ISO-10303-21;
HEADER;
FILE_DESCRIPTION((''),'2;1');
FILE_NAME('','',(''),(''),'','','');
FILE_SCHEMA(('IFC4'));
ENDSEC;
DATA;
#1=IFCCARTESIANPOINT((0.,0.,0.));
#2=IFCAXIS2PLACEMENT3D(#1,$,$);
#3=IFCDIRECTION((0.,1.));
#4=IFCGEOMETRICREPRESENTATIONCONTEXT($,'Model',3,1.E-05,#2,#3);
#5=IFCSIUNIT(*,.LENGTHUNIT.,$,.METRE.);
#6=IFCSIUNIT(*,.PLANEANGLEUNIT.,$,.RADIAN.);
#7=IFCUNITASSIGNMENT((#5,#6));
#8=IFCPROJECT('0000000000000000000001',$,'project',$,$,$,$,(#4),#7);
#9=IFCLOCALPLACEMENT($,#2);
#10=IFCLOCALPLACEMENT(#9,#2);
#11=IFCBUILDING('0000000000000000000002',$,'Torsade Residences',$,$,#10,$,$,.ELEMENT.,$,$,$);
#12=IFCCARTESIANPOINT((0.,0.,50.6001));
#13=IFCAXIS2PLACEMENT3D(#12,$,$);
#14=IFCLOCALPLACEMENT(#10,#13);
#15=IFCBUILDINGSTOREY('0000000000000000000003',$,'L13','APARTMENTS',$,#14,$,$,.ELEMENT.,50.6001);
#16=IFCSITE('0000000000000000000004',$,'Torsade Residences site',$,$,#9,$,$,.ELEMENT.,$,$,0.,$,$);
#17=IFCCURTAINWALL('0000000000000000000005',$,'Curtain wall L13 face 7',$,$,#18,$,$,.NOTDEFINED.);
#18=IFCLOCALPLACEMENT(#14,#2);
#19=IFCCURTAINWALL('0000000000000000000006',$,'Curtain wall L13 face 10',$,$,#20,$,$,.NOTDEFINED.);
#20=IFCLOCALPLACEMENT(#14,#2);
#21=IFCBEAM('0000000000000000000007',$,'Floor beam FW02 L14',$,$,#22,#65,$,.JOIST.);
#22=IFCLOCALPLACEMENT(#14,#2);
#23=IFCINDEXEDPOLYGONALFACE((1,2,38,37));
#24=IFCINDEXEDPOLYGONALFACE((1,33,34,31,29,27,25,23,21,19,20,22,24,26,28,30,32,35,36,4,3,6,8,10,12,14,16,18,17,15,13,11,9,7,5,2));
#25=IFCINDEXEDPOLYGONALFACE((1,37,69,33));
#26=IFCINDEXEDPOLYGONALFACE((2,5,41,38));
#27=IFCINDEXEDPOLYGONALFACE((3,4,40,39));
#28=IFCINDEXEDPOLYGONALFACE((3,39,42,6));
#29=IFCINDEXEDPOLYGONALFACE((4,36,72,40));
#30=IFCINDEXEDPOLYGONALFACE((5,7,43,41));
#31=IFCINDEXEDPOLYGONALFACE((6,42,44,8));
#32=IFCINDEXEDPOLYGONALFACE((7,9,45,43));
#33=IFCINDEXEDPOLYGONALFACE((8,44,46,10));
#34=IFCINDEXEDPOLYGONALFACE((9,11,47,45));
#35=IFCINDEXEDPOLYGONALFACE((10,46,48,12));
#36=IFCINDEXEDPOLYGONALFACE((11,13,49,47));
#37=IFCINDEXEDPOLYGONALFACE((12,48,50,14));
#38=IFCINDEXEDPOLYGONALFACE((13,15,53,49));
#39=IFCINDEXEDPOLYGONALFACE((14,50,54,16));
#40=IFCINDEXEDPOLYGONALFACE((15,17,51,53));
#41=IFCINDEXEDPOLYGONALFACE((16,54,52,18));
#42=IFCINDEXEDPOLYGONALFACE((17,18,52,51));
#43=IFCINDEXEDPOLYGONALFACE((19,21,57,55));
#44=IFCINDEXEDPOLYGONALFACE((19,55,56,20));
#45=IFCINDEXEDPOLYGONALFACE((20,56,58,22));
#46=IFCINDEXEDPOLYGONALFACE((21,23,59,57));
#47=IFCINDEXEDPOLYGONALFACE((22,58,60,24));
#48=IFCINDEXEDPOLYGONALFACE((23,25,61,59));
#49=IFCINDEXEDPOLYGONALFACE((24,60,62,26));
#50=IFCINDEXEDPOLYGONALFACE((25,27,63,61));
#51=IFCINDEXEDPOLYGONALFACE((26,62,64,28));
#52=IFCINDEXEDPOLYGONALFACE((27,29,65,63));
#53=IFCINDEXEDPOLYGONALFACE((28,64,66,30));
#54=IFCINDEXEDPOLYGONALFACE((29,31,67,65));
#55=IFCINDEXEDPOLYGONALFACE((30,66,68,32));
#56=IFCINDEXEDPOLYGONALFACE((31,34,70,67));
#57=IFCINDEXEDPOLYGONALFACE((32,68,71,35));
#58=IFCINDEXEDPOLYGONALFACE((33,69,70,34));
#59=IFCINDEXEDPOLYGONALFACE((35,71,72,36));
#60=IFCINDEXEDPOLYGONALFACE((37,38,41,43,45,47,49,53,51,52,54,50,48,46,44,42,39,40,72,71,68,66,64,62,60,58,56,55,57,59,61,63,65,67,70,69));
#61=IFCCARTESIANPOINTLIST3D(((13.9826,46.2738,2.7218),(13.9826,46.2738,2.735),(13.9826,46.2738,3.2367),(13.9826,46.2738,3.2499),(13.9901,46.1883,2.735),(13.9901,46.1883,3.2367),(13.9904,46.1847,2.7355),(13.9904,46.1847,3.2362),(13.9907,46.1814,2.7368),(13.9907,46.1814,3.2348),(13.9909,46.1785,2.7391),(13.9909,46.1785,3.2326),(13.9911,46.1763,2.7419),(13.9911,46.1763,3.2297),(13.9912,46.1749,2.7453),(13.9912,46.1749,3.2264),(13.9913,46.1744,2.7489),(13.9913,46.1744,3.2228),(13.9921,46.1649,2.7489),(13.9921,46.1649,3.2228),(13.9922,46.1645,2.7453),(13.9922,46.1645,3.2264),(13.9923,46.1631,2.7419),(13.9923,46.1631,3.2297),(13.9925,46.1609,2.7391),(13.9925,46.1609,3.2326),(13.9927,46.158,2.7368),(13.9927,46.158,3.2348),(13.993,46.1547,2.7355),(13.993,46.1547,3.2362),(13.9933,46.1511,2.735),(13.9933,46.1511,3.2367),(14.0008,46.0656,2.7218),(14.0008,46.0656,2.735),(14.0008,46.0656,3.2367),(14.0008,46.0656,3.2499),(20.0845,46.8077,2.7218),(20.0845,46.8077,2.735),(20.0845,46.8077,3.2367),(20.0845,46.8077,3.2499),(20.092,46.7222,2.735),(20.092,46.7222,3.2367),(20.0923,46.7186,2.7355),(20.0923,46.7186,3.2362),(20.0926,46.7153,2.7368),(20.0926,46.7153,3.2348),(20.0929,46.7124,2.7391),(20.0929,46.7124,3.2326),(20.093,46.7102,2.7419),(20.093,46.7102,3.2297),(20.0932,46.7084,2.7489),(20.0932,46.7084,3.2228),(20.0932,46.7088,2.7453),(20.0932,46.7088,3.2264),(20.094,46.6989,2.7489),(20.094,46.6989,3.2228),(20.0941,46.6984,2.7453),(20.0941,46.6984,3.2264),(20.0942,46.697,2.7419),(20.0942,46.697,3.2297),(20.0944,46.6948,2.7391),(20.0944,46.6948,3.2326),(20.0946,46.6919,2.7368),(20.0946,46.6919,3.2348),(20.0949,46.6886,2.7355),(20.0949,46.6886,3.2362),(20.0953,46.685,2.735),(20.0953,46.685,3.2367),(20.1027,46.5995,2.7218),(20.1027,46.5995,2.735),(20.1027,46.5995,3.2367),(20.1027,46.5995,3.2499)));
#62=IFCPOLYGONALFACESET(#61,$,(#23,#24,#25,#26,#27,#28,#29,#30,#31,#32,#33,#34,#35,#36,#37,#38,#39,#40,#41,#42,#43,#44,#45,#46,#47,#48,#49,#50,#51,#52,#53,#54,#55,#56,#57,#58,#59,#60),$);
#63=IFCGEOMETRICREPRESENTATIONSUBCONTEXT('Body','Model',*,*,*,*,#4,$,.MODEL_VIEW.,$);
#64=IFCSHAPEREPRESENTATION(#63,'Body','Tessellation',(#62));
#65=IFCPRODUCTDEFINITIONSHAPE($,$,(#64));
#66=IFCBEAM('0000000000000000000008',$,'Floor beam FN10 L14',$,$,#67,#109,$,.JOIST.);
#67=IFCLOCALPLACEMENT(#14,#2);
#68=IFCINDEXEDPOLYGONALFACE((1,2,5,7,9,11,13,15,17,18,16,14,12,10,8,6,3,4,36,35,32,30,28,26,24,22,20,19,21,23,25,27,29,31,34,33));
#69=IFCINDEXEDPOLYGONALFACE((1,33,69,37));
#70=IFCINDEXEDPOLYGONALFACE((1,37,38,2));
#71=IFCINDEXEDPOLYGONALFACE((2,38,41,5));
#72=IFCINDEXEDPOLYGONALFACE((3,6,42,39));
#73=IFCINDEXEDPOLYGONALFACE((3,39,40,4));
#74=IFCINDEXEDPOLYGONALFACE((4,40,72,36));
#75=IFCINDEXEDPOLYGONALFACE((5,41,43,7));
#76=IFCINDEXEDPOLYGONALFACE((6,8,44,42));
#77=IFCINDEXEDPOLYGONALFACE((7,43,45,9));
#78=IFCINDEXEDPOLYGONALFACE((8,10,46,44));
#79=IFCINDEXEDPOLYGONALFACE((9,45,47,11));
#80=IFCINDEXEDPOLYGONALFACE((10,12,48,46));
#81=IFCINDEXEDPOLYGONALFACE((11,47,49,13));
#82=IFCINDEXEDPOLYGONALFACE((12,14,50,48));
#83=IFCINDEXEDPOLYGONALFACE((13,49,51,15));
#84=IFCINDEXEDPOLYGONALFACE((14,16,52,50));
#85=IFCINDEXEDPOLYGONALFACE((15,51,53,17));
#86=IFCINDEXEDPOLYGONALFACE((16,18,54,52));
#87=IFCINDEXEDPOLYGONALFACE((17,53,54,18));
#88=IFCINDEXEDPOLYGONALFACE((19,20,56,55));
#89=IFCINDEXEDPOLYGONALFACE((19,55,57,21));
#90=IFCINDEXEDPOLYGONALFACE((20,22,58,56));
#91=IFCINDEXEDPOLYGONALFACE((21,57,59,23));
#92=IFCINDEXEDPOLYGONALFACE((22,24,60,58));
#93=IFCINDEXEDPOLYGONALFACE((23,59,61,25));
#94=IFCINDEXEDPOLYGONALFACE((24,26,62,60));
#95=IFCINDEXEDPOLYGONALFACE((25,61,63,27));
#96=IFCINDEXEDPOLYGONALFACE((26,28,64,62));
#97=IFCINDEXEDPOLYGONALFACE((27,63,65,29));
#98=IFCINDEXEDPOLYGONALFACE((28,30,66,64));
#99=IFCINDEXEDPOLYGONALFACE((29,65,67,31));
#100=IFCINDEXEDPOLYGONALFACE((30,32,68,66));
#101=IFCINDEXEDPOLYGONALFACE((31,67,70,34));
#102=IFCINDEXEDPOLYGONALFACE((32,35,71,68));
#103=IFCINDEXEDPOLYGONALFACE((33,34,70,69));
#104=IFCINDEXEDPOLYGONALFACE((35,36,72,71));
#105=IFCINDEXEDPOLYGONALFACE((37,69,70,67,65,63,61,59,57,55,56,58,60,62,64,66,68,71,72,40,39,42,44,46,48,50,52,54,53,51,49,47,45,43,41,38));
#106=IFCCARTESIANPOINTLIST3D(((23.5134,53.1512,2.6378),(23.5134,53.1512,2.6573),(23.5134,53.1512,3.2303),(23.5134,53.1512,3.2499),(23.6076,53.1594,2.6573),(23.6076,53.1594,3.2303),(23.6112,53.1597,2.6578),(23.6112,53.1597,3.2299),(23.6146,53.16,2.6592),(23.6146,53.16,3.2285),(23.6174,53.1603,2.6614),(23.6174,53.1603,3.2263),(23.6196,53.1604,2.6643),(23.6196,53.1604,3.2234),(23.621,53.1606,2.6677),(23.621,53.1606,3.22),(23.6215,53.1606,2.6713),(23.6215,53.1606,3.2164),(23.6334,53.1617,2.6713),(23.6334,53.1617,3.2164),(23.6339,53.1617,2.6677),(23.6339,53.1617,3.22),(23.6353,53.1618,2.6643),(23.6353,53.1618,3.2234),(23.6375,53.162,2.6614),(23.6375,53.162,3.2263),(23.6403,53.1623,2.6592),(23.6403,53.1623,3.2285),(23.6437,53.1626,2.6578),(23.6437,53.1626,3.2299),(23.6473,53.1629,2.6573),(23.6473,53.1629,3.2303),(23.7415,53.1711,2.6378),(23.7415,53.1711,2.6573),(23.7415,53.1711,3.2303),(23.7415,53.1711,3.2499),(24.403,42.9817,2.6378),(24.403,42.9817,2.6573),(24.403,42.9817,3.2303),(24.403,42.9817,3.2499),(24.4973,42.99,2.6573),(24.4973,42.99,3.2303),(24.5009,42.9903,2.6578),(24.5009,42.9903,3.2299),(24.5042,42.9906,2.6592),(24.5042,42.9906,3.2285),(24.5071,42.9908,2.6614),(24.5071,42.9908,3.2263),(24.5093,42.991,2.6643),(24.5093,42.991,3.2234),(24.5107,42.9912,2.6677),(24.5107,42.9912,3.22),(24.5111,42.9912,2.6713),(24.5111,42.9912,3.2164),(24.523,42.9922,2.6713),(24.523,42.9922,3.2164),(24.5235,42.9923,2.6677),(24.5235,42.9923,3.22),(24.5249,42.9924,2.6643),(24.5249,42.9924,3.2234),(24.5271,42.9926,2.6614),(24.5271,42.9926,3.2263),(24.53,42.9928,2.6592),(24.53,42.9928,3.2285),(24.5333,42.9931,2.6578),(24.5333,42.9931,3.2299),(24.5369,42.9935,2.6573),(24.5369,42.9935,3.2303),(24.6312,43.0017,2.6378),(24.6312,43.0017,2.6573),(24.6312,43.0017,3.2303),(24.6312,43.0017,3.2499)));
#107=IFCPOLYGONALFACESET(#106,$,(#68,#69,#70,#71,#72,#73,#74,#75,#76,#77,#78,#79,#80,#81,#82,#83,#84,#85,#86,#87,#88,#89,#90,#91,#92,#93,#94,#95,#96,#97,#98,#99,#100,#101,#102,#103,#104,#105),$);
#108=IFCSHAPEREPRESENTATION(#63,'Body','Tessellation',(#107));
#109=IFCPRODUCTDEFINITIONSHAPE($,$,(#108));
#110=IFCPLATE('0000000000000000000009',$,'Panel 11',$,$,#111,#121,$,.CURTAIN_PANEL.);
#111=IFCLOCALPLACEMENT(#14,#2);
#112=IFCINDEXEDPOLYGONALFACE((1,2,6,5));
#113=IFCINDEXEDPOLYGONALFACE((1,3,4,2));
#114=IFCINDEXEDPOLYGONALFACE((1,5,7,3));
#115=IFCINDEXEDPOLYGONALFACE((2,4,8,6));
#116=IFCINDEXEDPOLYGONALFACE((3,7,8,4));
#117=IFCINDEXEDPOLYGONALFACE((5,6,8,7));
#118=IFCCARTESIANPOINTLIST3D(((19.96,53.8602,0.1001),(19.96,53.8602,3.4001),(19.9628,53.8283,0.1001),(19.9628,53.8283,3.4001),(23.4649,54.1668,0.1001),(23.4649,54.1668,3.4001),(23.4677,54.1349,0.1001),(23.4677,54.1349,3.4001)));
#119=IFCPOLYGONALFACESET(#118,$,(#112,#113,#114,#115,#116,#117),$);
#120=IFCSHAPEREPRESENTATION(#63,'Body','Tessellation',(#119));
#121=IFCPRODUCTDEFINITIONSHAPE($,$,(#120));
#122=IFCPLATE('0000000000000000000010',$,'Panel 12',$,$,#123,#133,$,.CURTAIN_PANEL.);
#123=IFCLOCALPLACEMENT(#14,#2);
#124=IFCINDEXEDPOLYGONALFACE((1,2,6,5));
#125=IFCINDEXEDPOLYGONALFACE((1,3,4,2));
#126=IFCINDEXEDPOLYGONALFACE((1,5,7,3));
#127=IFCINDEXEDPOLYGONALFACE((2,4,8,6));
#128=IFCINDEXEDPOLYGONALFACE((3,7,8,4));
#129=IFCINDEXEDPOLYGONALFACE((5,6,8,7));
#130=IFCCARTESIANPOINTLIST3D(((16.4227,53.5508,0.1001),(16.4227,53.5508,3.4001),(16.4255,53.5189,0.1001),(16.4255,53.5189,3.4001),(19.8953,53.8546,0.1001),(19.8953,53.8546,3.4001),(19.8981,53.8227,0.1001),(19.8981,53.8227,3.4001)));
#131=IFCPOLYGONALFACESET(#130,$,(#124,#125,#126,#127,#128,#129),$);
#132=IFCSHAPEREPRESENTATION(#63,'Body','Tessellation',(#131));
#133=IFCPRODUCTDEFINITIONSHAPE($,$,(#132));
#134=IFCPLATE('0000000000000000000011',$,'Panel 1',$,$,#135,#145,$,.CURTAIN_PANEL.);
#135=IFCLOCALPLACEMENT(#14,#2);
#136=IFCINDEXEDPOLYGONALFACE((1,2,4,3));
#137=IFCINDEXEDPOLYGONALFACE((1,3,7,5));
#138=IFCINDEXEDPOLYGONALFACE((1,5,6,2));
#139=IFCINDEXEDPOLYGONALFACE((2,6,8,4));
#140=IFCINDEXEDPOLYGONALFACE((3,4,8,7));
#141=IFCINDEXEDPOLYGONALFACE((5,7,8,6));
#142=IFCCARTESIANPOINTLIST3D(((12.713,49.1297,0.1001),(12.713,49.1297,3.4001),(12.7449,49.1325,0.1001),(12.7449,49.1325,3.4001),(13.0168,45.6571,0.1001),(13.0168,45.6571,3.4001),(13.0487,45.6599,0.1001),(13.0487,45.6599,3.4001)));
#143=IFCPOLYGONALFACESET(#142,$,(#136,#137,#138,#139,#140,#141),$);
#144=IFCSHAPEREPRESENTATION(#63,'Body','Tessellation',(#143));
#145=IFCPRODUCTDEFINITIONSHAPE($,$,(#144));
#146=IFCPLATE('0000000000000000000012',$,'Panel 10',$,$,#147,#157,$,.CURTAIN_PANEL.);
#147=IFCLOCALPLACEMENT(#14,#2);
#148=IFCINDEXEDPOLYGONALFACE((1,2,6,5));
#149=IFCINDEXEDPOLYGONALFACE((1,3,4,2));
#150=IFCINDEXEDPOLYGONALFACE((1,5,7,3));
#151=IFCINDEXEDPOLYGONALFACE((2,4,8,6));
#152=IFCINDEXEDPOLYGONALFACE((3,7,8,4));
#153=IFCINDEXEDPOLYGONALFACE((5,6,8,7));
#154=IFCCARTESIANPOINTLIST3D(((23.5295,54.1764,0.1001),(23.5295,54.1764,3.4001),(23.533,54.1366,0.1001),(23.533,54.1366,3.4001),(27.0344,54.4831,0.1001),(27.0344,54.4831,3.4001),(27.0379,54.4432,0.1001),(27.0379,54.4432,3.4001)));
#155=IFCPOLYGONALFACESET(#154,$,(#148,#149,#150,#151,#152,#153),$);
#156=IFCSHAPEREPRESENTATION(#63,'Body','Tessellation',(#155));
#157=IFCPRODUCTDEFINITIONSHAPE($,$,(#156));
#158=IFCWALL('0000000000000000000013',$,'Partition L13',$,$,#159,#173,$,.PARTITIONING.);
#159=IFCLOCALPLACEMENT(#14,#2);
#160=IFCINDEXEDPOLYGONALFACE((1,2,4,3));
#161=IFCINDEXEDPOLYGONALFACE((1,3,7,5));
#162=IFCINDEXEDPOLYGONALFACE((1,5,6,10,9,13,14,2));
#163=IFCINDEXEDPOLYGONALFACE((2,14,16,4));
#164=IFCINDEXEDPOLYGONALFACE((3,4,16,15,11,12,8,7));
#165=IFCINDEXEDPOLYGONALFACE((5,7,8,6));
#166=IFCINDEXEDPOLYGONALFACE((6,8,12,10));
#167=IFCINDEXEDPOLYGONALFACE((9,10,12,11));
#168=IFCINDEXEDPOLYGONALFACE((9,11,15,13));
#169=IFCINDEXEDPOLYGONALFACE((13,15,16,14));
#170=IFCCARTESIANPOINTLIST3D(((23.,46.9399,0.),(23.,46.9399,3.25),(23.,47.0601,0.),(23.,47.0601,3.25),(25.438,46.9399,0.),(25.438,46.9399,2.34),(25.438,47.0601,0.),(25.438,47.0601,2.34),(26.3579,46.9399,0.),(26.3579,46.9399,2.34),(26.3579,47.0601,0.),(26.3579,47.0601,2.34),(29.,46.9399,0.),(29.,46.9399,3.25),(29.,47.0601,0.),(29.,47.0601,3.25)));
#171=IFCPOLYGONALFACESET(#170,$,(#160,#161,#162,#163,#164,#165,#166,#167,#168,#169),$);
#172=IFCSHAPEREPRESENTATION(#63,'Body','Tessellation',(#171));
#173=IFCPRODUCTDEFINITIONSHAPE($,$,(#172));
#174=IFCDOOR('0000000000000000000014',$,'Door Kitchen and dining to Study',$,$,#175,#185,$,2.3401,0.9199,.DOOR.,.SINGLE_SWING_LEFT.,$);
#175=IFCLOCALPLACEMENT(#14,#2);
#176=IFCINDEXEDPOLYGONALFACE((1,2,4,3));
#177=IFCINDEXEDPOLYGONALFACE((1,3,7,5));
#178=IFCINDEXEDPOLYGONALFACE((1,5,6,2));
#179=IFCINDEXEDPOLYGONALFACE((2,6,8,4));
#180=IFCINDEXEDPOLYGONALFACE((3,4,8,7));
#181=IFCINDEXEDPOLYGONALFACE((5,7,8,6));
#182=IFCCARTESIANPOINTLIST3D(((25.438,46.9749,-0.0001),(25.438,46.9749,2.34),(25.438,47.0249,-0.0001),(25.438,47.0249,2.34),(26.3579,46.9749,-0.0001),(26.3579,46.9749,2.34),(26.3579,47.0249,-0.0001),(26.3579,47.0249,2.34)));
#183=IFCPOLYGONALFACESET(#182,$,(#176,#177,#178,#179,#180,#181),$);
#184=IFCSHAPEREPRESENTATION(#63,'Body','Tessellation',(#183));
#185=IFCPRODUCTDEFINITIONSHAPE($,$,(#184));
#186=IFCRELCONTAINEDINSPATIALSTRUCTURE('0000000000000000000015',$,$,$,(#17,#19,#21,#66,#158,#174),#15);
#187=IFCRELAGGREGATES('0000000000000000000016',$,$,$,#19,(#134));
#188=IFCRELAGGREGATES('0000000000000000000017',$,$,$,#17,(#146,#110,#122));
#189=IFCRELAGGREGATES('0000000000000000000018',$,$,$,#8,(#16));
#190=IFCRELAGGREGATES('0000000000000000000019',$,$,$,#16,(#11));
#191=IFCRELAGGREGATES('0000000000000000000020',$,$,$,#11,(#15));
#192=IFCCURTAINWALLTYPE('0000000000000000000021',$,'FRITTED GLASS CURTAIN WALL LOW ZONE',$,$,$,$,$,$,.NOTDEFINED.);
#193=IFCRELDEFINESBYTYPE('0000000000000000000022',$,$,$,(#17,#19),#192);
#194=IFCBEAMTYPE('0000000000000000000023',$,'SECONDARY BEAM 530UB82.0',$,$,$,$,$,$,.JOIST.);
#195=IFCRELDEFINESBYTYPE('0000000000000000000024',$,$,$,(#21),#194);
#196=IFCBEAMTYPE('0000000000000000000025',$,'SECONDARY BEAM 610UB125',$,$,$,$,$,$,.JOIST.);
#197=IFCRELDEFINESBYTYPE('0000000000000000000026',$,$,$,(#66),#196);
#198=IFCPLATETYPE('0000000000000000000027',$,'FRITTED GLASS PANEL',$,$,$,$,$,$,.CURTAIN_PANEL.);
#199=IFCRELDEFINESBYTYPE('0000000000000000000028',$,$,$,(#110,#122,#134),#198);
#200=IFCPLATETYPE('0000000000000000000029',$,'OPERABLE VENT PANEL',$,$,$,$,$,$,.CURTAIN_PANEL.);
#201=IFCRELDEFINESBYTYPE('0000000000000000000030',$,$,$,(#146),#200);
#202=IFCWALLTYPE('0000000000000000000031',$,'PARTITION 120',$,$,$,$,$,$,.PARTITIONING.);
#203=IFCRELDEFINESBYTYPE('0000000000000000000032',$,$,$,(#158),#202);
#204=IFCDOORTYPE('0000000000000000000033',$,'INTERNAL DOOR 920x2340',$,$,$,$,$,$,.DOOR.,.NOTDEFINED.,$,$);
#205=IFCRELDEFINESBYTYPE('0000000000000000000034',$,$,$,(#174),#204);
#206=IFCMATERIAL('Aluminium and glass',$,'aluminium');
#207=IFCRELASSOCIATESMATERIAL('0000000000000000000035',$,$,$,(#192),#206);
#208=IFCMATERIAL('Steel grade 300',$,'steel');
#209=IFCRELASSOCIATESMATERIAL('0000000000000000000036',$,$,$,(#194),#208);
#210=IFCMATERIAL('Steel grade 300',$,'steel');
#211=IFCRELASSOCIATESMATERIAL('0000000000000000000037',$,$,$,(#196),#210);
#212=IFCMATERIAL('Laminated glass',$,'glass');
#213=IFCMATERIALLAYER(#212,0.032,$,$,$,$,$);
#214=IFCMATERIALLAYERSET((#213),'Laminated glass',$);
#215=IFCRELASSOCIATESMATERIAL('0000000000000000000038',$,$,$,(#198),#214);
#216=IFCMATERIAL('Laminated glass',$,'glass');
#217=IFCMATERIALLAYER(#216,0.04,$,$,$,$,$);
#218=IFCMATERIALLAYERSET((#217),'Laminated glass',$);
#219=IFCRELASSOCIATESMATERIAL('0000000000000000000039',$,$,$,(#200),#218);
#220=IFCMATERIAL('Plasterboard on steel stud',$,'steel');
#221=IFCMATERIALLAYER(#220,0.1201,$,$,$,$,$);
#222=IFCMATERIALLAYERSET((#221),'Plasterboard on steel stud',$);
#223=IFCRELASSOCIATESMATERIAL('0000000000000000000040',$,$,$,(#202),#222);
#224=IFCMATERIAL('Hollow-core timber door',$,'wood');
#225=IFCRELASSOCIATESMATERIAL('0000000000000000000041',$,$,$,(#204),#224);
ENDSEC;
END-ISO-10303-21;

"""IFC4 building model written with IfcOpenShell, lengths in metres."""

from ifc_helpers import new_model, si_unit, direction, frame, frame_2d, origin, origin_2d, place, context, subcontext, project, spatial, rectangle, i_section, extrude, material, layer, layer_set, material_profile, profile_set, type_object, element, fill, aggregate, save


model = new_model("IFC4")

# Units and contexts
model_context = context("Model", 3, precision=1e-05, world=origin(), true_north=direction((0.0, 1.0)))
body_context = subcontext(model_context, "Body", "Model", "MODEL_VIEW")
ifc_project = project(units=[si_unit("LENGTHUNIT", "METRE"), si_unit("PLANEANGLEUNIT", "RADIAN")], contexts=[model_context])

# Site, building, storey
site_placement = place(None, origin())
site = spatial("IfcSite", under=ifc_project, at=site_placement, Name="Torsade Residences site", CompositionType="ELEMENT", RefElevation=0.0)
building_placement = place(site_placement, origin())
building = spatial("IfcBuilding", under=site, at=building_placement, Name="Torsade Residences", CompositionType="ELEMENT")
storey_placement = place(building_placement, frame((0.0, 0.0, 50.6001)))
storey = spatial("IfcBuildingStorey", under=building, at=storey_placement, Name="L13", Description="APARTMENTS", CompositionType="ELEMENT", Elevation=50.6001)

# Curtain wall
ifc_material_1 = material(Name="Aluminium and glass", Category="aluminium")
curtain_wall_type = type_object("IfcCurtainWallType", Name="FRITTED GLASS CURTAIN WALL LOW ZONE", PredefinedType="NOTDEFINED", material=ifc_material_1)
curtain_wall_1_placement = place(storey_placement, origin())
curtain_wall_1 = element("IfcCurtainWall", 1, at=curtain_wall_1_placement, inside=storey, type_object=curtain_wall_type, Name="Curtain wall L13 face 7", PredefinedType="NOTDEFINED")

# Curtain wall
curtain_wall_2_placement = place(storey_placement, origin())
curtain_wall_2 = element("IfcCurtainWall", 2, at=curtain_wall_2_placement, inside=storey, type_object=curtain_wall_type, Name="Curtain wall L13 face 10", PredefinedType="NOTDEFINED")

# Beams
ifc_material_2 = material(Name="Steel grade 300", Category="steel")
ifc_material_profile_1 = material_profile(ifc_material_2, i_section(OverallWidth=0.209, OverallDepth=0.5281, WebThickness=0.0095, FlangeThickness=0.0132, FilletRadius=0.0139, at=origin_2d()), Name="530UB82.0")
ifc_profile_set_1 = profile_set([ifc_material_profile_1], Name="Steel grade 300")
beam_type_1 = type_object("IfcBeamType", Name="SECONDARY BEAM 530UB82.0", PredefinedType="JOIST", material=ifc_profile_set_1)
beam_1_placement = place(storey_placement, frame((13.9917, 46.1697, 2.9858), z_axis=(0.996193, 0.087171, 0.0), x_axis=(-0.087171, 0.996193, 0.0)))
element("IfcBeam", 3, at=beam_1_placement, inside=storey, type_object=beam_type_1, Name="Floor beam FW02 L14", PredefinedType="JOIST", context=body_context, shape_type="SweptSolid", body=[
    extrude(i_section(OverallWidth=0.209, OverallDepth=0.5281, WebThickness=0.0095, FlangeThickness=0.0132, FilletRadius=0.0139, at=origin_2d()), origin(), (0.0, 0.0, 1.0), 6.1252),
])
ifc_material_3 = material(Name="Steel grade 300", Category="steel")
ifc_material_profile_2 = material_profile(ifc_material_3, i_section(OverallWidth=0.229, OverallDepth=0.6121, WebThickness=0.012, FlangeThickness=0.0195, FilletRadius=0.0139, at=origin_2d()), Name="610UB125")
ifc_profile_set_2 = profile_set([ifc_material_profile_2], Name="Steel grade 300")
beam_type_2 = type_object("IfcBeamType", Name="SECONDARY BEAM 610UB125", PredefinedType="JOIST", material=ifc_profile_set_2)
beam_2_placement = place(storey_placement, frame((23.6274, 53.1611, 2.9438), z_axis=(0.08715, -0.996195, 0.0), x_axis=(0.996195, 0.08715, 0.0)))
element("IfcBeam", 4, at=beam_2_placement, inside=storey, type_object=beam_type_2, Name="Floor beam FN10 L14", PredefinedType="JOIST", context=body_context, shape_type="SweptSolid", body=[
    extrude(i_section(OverallWidth=0.229, OverallDepth=0.6121, WebThickness=0.012, FlangeThickness=0.0195, FilletRadius=0.0139, at=origin_2d()), origin(), (0.0, 0.0, 1.0), 10.2083),
])

# Plates
ifc_material_4 = material(Name="Laminated glass", Category="glass")
ifc_layer_1 = layer(ifc_material_4, 0.032)
ifc_layer_set_1 = layer_set([ifc_layer_1], Name="Laminated glass")
plate_type_1 = type_object("IfcPlateType", Name="FRITTED GLASS PANEL", PredefinedType="CURTAIN_PANEL", material=ifc_layer_set_1)
plate_1_placement = place(storey_placement, frame((21.7139, 53.9976, 0.1001), z_axis=(0.0, 0.0, 1.0), x_axis=(-0.996195, -0.087156, 0.0)))
plate_1 = element("IfcPlate", 5, at=plate_1_placement, type_object=plate_type_1, Name="Panel 11", PredefinedType="CURTAIN_PANEL", context=body_context, shape_type="SweptSolid", body=[
    extrude(rectangle(XDim=3.5183, YDim=0.032, at=origin_2d()), origin(), (0.0, 0.0, 1.0), 3.3),
])
plate_2_placement = place(storey_placement, frame((18.1604, 53.6868, 0.1001), z_axis=(0.0, 0.0, 1.0), x_axis=(-0.996195, -0.087156, 0.0)))
plate_2 = element("IfcPlate", 6, at=plate_2_placement, type_object=plate_type_1, Name="Panel 12", PredefinedType="CURTAIN_PANEL", context=body_context, shape_type="SweptSolid", body=[
    extrude(rectangle(XDim=3.4858, YDim=0.032, at=origin_2d()), origin(), (0.0, 0.0, 1.0), 3.3),
])
plate_3_placement = place(storey_placement, frame((12.8809, 47.3948, 0.1001), z_axis=(0.0, 0.0, 1.0), x_axis=(0.087156, -0.996195, 0.0)))
plate_3 = element("IfcPlate", 7, at=plate_3_placement, type_object=plate_type_1, Name="Panel 1", PredefinedType="CURTAIN_PANEL", context=body_context, shape_type="SweptSolid", body=[
    extrude(rectangle(XDim=3.4858, YDim=0.032, at=origin_2d()), origin(), (0.0, 0.0, 1.0), 3.3),
])
aggregate(curtain_wall_2, [plate_3])
ifc_material_5 = material(Name="Laminated glass", Category="glass")
ifc_layer_2 = layer(ifc_material_5, 0.04)
ifc_layer_set_2 = layer_set([ifc_layer_2], Name="Laminated glass")
plate_type_2 = type_object("IfcPlateType", Name="OPERABLE VENT PANEL", PredefinedType="CURTAIN_PANEL", material=ifc_layer_set_2)
plate_4_placement = place(storey_placement, frame((25.2837, 54.3098, 0.1001), z_axis=(0.0, 0.0, 1.0), x_axis=(-0.996195, -0.087156, 0.0)))
plate_4 = element("IfcPlate", 8, at=plate_4_placement, type_object=plate_type_2, Name="Panel 10", PredefinedType="CURTAIN_PANEL", context=body_context, shape_type="SweptSolid", body=[
    extrude(rectangle(XDim=3.5183, YDim=0.04, at=origin_2d()), origin(), (0.0, 0.0, 1.0), 3.3),
])
aggregate(curtain_wall_1, [plate_4, plate_1, plate_2])

# Wall, opening, door
ifc_material_6 = material(Name="Plasterboard on steel stud", Category="steel")
ifc_layer_3 = layer(ifc_material_6, 0.1201)
ifc_layer_set_3 = layer_set([ifc_layer_3], Name="Plasterboard on steel stud")
wall_type_1 = type_object("IfcWallType", Name="PARTITION 120", PredefinedType="PARTITIONING", material=ifc_layer_set_3)
wall_1_placement = place(storey_placement, frame((23.0, 47.0, 0.0), z_axis=(0.0, 0.0, 1.0), x_axis=(1.0, 0.0, 0.0)))
wall_1 = element("IfcWall", 9, at=wall_1_placement, inside=storey, type_object=wall_type_1, Name="Partition L13", PredefinedType="PARTITIONING", context=body_context, shape_type="SweptSolid", body=[
    extrude(rectangle(XDim=6.0, YDim=0.1201, at=frame_2d((3.0, 0.0))), origin(), (0.0, 0.0, 1.0), 3.25),
])
opening_1_placement = place(wall_1_placement, frame((2.438, 0.0, 0.0)))
opening_1 = element("IfcOpeningElement", 10, at=opening_1_placement, cuts=wall_1, PredefinedType="OPENING", context=body_context, shape_type="SweptSolid", body=[
    extrude(rectangle(XDim=0.9199, YDim=2.3401, at=frame_2d((0.46, 1.1699))), frame((0.0, 0.0701, 0.0), z_axis=(0.0, -1.0, 0.0), x_axis=(1.0, 0.0, 0.0)), (0.0, 0.0, 1.0), 0.1401),
])
ifc_material_7 = material(Name="Hollow-core timber door", Category="wood")
door_type_1 = type_object("IfcDoorType", Name="INTERNAL DOOR 920x2340", OperationType="NOTDEFINED", PredefinedType="DOOR", material=ifc_material_7)
door_1_placement = place(opening_1_placement, origin())
door_1 = element("IfcDoor", 11, at=door_1_placement, inside=storey, type_object=door_type_1, Name="Door Kitchen and dining to Study", OperationType="SINGLE_SWING_LEFT", OverallHeight=2.3401, OverallWidth=0.9199, PredefinedType="DOOR", context=body_context, shape_type="SweptSolid", body=[
    extrude(rectangle(XDim=0.9199, YDim=2.3401, at=frame_2d((0.46, 1.1699))), frame((0.0, 0.0249, 0.0), z_axis=(0.0, -1.0, 0.0), x_axis=(1.0, 0.0, 0.0)), (0.0, 0.0, 1.0), 0.05),
])
fill(opening_1, door_1)

save(model, "model.ifc")
